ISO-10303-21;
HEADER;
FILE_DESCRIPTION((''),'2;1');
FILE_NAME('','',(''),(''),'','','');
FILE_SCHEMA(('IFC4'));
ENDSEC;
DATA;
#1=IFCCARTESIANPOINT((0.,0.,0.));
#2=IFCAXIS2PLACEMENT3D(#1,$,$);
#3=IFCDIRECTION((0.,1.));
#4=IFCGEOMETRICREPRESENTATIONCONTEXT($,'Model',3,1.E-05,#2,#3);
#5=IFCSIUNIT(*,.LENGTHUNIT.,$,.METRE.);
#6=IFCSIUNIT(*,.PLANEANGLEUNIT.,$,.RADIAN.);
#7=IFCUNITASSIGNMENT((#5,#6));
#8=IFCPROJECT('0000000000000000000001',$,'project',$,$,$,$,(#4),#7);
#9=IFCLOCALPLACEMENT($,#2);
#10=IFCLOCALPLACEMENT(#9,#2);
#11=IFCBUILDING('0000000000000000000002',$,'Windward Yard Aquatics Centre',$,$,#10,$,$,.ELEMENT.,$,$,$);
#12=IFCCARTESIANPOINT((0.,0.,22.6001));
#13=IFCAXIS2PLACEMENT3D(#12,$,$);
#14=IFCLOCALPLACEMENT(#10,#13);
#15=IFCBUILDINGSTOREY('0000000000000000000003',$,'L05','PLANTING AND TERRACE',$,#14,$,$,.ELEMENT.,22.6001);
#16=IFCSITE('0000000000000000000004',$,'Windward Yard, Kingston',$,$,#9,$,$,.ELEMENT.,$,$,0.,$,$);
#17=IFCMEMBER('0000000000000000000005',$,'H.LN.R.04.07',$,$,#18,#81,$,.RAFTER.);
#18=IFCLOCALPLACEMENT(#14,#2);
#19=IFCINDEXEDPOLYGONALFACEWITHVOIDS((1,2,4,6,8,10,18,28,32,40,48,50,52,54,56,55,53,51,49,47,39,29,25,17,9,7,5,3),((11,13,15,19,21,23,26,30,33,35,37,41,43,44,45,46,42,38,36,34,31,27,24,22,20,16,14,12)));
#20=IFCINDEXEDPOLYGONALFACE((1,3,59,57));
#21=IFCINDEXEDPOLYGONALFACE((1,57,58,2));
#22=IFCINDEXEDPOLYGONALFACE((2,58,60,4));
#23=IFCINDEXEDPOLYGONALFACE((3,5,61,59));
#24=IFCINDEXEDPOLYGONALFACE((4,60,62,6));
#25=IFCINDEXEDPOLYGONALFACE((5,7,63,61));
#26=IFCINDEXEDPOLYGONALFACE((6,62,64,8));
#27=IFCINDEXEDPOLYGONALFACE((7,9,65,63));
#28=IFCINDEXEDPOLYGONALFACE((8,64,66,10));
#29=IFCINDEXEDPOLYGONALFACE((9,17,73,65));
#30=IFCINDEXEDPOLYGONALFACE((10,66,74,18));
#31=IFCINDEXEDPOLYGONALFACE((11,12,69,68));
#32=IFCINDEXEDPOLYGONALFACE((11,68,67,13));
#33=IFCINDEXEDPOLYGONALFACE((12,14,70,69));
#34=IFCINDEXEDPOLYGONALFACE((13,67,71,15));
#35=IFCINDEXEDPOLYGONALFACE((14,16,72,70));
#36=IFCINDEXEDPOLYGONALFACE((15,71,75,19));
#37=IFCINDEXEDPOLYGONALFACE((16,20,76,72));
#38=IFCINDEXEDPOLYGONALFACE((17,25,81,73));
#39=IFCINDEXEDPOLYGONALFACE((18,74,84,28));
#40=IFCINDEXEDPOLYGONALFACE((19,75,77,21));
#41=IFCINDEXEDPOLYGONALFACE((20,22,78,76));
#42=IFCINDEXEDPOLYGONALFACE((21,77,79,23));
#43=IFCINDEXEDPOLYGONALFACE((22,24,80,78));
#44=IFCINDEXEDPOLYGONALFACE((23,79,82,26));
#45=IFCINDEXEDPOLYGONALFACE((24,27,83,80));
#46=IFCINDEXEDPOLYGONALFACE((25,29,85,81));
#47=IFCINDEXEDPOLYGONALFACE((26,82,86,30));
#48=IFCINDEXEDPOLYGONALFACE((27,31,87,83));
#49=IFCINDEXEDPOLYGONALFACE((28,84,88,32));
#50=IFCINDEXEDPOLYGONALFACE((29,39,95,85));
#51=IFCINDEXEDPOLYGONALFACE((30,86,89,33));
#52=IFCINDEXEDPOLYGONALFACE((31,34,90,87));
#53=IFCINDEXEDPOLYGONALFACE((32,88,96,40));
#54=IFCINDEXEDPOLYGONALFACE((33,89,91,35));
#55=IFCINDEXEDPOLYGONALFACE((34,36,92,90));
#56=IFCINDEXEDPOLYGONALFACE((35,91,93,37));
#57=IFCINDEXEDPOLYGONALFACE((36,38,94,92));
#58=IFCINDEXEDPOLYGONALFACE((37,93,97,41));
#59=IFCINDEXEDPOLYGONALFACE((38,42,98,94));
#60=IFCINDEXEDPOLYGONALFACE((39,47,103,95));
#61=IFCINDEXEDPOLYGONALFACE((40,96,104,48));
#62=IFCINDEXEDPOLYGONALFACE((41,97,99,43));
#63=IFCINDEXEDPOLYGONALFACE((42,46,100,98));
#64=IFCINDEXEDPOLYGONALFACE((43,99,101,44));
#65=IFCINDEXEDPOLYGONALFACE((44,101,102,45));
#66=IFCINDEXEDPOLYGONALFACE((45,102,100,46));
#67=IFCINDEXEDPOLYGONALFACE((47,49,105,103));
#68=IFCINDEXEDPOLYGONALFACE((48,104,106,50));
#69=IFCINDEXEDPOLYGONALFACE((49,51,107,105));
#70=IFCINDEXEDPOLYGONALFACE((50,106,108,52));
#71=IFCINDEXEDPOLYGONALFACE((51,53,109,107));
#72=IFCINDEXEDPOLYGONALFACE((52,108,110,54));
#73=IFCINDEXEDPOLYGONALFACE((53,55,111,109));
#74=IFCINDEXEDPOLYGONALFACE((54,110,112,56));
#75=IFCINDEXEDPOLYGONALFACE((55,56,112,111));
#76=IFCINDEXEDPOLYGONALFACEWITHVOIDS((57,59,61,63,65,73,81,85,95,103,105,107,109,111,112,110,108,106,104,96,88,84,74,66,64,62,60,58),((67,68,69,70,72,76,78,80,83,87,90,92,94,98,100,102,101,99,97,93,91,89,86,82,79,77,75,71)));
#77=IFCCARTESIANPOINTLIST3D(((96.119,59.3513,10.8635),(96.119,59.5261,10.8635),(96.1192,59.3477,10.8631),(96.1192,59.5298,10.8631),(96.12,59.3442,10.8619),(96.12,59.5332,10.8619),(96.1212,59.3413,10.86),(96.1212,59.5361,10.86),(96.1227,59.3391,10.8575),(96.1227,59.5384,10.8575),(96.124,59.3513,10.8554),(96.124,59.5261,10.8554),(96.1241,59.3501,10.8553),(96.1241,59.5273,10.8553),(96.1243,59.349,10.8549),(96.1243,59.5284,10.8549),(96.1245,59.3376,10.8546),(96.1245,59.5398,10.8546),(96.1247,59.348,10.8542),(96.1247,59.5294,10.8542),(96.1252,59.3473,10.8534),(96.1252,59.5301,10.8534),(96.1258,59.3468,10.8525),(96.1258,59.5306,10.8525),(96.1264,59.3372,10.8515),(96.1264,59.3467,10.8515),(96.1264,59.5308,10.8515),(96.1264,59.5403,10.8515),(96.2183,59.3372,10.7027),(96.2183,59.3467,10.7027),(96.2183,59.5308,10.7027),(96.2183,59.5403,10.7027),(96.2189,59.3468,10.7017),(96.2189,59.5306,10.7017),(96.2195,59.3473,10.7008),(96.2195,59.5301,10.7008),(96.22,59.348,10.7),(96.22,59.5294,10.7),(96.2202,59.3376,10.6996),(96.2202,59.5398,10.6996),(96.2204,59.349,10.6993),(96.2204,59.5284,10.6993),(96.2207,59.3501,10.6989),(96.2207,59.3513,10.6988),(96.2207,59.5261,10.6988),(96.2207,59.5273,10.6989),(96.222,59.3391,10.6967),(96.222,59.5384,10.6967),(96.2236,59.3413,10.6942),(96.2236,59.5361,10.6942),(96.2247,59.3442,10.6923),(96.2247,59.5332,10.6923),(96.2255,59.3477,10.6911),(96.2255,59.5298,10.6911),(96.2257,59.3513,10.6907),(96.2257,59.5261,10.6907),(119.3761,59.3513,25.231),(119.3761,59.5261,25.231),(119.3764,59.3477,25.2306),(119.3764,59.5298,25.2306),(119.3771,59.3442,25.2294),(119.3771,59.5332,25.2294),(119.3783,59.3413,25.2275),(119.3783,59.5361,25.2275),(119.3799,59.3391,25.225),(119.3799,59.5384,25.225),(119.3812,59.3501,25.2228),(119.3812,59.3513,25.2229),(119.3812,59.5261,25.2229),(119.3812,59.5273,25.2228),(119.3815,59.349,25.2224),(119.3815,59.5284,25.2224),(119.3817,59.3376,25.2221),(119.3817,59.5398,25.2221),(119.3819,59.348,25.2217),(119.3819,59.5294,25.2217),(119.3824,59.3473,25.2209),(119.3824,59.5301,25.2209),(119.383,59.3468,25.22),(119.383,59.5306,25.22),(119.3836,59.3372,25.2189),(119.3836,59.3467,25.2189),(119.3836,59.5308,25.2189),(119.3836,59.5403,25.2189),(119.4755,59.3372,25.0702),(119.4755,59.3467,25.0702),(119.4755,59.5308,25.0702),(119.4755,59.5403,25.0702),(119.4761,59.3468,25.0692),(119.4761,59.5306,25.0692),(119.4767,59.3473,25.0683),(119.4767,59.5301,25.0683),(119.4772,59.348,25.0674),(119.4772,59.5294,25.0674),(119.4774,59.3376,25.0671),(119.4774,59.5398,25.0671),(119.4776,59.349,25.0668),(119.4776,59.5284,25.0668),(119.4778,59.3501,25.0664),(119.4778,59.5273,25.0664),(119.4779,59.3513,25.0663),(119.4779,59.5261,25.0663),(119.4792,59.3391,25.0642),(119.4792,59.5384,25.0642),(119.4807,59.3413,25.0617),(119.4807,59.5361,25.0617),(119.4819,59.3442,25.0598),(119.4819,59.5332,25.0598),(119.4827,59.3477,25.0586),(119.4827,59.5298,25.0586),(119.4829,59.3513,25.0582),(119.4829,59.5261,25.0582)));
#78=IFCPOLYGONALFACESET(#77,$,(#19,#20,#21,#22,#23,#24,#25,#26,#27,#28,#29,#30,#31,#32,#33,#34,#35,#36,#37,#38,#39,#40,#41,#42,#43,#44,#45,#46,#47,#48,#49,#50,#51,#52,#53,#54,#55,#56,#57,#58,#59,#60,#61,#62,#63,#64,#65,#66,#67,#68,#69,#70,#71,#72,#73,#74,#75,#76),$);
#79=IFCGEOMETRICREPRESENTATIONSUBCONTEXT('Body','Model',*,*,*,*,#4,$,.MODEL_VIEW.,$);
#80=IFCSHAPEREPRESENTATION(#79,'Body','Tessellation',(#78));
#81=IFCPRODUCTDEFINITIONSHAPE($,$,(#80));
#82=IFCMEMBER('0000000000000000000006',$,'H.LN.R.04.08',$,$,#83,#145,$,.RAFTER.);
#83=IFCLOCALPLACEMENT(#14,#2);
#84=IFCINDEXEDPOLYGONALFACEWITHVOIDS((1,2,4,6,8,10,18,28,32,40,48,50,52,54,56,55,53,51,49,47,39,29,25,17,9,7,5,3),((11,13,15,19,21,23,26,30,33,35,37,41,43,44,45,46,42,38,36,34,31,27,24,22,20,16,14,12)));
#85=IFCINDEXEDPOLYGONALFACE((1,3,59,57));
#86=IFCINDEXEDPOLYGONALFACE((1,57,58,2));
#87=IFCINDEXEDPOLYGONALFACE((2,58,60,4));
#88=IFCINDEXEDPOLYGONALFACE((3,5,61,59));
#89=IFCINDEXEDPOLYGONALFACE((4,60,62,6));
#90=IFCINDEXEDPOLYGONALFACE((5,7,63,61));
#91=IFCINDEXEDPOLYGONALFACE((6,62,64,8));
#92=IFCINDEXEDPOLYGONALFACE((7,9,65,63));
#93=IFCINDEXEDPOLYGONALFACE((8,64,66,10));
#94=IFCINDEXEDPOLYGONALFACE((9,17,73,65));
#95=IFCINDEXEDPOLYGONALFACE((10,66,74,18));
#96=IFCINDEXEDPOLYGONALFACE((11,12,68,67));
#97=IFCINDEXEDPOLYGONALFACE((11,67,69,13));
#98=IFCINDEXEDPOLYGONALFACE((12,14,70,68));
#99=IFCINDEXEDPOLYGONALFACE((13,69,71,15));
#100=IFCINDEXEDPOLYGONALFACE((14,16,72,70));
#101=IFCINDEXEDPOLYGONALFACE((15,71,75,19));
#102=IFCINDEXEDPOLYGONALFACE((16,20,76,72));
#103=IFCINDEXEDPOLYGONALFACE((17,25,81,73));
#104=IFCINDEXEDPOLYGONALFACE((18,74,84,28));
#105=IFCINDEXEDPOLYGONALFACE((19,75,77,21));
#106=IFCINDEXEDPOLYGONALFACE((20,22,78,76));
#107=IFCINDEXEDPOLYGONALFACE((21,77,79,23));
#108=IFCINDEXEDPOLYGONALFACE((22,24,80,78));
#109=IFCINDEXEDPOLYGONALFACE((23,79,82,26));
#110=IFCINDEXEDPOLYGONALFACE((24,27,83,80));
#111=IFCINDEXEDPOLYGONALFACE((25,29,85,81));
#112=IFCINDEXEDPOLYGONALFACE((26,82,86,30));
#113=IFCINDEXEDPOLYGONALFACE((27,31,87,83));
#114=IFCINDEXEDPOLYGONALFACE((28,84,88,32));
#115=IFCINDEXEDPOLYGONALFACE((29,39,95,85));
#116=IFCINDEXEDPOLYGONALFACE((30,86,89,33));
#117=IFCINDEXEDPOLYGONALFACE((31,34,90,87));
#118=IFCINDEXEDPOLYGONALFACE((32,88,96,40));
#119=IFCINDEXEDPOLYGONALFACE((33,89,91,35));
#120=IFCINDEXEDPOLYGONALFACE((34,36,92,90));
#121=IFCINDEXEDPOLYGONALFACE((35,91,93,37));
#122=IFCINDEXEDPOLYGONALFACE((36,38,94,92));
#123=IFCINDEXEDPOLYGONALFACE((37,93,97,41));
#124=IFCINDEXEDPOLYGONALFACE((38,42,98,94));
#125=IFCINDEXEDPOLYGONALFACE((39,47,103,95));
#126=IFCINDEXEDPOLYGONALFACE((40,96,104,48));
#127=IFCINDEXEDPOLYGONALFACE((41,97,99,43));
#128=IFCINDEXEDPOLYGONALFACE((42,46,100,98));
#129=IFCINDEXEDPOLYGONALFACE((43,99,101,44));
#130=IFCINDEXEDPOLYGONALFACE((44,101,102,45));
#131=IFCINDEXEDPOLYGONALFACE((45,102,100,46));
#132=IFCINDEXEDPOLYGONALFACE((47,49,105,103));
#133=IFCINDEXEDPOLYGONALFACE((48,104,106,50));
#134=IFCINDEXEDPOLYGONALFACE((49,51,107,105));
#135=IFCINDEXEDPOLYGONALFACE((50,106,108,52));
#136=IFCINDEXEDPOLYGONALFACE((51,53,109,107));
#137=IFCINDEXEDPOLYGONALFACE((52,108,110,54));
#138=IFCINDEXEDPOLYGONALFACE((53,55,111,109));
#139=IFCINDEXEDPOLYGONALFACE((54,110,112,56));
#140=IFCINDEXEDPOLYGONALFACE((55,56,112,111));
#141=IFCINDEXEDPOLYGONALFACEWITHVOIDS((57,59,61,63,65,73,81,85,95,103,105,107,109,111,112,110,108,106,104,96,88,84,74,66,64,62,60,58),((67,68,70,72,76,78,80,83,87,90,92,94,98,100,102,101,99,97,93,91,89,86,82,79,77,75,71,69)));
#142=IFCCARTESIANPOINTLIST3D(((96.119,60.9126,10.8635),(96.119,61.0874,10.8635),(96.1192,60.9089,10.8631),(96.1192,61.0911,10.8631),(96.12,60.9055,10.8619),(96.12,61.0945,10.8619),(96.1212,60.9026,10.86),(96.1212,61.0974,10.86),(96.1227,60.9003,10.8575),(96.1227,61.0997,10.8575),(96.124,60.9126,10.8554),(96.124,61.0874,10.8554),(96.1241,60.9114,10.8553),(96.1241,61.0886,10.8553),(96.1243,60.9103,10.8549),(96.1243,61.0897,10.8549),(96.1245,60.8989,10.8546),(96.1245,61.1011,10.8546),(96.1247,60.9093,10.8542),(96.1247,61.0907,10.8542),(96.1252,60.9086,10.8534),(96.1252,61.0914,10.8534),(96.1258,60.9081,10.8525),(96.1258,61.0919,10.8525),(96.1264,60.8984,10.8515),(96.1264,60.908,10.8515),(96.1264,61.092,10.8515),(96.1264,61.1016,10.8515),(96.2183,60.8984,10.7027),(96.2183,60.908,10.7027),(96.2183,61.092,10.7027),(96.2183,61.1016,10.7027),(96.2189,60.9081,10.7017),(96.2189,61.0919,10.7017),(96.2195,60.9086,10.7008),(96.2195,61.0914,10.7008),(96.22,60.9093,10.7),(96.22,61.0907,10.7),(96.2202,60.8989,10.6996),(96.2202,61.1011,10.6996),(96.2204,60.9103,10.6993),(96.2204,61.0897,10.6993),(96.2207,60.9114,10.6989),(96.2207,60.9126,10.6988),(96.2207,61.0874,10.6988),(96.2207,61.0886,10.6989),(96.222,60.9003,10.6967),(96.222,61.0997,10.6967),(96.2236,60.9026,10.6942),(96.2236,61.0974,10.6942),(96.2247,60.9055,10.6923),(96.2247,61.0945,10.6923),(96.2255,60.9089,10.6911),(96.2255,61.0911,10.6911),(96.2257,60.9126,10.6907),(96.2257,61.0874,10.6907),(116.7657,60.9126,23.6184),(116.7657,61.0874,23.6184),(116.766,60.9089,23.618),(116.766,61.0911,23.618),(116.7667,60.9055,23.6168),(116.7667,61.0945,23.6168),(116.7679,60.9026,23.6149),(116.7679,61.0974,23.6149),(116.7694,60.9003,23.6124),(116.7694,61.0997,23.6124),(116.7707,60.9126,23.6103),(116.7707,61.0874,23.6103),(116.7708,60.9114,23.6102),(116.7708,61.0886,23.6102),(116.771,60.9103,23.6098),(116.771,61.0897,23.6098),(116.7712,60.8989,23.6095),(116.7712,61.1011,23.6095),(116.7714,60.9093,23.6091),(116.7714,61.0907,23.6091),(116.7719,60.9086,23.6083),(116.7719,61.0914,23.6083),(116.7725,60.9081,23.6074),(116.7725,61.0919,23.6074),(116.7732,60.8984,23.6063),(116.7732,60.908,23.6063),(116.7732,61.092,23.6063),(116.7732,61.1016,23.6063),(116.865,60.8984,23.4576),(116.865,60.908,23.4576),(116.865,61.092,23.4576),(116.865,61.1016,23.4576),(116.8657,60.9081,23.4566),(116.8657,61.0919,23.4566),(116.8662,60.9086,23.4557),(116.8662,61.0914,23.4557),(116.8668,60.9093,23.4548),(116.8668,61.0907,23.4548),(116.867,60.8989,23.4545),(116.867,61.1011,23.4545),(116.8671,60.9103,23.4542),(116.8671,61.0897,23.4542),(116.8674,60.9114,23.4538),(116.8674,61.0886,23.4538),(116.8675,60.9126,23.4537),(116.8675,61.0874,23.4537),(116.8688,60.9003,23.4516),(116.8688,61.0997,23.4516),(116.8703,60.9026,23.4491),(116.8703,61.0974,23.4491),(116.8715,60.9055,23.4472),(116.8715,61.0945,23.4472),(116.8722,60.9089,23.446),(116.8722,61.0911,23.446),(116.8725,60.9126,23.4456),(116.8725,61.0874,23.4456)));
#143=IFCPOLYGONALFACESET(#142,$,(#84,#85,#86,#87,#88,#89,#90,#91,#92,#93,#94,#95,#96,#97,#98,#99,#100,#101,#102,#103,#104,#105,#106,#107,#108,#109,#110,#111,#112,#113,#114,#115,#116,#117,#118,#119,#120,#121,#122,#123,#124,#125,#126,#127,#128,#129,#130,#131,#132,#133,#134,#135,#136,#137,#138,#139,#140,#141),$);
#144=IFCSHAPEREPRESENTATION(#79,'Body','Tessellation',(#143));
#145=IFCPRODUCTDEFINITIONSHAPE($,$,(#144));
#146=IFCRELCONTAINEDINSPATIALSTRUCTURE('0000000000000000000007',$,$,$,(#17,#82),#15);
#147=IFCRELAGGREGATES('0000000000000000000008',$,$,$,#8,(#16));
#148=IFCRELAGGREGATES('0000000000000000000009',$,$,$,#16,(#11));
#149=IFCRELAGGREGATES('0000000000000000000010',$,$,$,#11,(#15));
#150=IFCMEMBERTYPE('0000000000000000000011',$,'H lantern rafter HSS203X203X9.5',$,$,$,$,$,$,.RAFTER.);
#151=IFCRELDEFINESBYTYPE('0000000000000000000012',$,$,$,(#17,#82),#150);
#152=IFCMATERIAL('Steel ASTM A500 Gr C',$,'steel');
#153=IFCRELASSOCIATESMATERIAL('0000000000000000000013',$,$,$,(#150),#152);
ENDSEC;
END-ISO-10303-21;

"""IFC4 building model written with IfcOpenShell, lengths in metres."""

from ifc_helpers import new_model, si_unit, direction, frame, origin, origin_2d, place, context, subcontext, project, spatial, hollow_rectangle, extrude, material, material_profile, profile_set, type_object, element, save


model = new_model("IFC4")

# Units and contexts
model_context = context("Model", 3, precision=1e-05, world=origin(), true_north=direction((0.0, 1.0)))
body_context = subcontext(model_context, "Body", "Model", "MODEL_VIEW")
ifc_project = project(units=[si_unit("LENGTHUNIT", "METRE"), si_unit("PLANEANGLEUNIT", "RADIAN")], contexts=[model_context])

# Site, building, storey
site_placement = place(None, origin())
site = spatial("IfcSite", under=ifc_project, at=site_placement, Name="Windward Yard, Kingston", CompositionType="ELEMENT", RefElevation=0.0)
building_placement = place(site_placement, origin())
building = spatial("IfcBuilding", under=site, at=building_placement, Name="Windward Yard Aquatics Centre", CompositionType="ELEMENT")
storey_placement = place(building_placement, frame((0.0, 0.0, 22.6001)))
storey = spatial("IfcBuildingStorey", under=building, at=storey_placement, Name="L05", Description="PLANTING AND TERRACE", CompositionType="ELEMENT", Elevation=22.6001)

# Members
ifc_material_1 = material(Name="Steel ASTM A500 Gr C", Category="steel")
ifc_material_profile_1 = material_profile(ifc_material_1, hollow_rectangle(XDim=0.2031, YDim=0.2031, WallThickness=0.0095, InnerFilletRadius=0.0046, OuterFilletRadius=0.0142, at=origin_2d()), Name="HSS203X203X9.5")
ifc_profile_set_1 = profile_set([ifc_material_profile_1], Name="Steel ASTM A500 Gr C")
member_type_1 = type_object("IfcMemberType", Name="H lantern rafter HSS203X203X9.5", PredefinedType="RAFTER", material=ifc_profile_set_1)
member_1_placement = place(storey_placement, frame((96.1724, 59.4387, 10.7771), z_axis=(0.850753, 0.0, 0.525566), x_axis=(0.0, 1.0, 0.0)))
element("IfcMember", 1, at=member_1_placement, inside=storey, type_object=member_type_1, Name="H.LN.R.04.07", PredefinedType="RAFTER", context=body_context, shape_type="SweptSolid", body=[
    extrude(hollow_rectangle(XDim=0.2031, YDim=0.2031, WallThickness=0.0095, InnerFilletRadius=0.0046, OuterFilletRadius=0.0142, at=origin_2d()), origin(), (0.0, 0.0, 1.0), 27.3372),
])
member_2_placement = place(storey_placement, frame((96.1724, 61.0, 10.7771), z_axis=(0.850752, 0.0, 0.525567), x_axis=(0.0, 1.0, 0.0)))
element("IfcMember", 2, at=member_2_placement, inside=storey, type_object=member_type_1, Name="H.LN.R.04.08", PredefinedType="RAFTER", context=body_context, shape_type="SweptSolid", body=[
    extrude(hollow_rectangle(XDim=0.2031, YDim=0.2031, WallThickness=0.0095, InnerFilletRadius=0.0046, OuterFilletRadius=0.0142, at=origin_2d()), origin(), (0.0, 0.0, 1.0), 24.2688),
])

save(model, "model.ifc")
